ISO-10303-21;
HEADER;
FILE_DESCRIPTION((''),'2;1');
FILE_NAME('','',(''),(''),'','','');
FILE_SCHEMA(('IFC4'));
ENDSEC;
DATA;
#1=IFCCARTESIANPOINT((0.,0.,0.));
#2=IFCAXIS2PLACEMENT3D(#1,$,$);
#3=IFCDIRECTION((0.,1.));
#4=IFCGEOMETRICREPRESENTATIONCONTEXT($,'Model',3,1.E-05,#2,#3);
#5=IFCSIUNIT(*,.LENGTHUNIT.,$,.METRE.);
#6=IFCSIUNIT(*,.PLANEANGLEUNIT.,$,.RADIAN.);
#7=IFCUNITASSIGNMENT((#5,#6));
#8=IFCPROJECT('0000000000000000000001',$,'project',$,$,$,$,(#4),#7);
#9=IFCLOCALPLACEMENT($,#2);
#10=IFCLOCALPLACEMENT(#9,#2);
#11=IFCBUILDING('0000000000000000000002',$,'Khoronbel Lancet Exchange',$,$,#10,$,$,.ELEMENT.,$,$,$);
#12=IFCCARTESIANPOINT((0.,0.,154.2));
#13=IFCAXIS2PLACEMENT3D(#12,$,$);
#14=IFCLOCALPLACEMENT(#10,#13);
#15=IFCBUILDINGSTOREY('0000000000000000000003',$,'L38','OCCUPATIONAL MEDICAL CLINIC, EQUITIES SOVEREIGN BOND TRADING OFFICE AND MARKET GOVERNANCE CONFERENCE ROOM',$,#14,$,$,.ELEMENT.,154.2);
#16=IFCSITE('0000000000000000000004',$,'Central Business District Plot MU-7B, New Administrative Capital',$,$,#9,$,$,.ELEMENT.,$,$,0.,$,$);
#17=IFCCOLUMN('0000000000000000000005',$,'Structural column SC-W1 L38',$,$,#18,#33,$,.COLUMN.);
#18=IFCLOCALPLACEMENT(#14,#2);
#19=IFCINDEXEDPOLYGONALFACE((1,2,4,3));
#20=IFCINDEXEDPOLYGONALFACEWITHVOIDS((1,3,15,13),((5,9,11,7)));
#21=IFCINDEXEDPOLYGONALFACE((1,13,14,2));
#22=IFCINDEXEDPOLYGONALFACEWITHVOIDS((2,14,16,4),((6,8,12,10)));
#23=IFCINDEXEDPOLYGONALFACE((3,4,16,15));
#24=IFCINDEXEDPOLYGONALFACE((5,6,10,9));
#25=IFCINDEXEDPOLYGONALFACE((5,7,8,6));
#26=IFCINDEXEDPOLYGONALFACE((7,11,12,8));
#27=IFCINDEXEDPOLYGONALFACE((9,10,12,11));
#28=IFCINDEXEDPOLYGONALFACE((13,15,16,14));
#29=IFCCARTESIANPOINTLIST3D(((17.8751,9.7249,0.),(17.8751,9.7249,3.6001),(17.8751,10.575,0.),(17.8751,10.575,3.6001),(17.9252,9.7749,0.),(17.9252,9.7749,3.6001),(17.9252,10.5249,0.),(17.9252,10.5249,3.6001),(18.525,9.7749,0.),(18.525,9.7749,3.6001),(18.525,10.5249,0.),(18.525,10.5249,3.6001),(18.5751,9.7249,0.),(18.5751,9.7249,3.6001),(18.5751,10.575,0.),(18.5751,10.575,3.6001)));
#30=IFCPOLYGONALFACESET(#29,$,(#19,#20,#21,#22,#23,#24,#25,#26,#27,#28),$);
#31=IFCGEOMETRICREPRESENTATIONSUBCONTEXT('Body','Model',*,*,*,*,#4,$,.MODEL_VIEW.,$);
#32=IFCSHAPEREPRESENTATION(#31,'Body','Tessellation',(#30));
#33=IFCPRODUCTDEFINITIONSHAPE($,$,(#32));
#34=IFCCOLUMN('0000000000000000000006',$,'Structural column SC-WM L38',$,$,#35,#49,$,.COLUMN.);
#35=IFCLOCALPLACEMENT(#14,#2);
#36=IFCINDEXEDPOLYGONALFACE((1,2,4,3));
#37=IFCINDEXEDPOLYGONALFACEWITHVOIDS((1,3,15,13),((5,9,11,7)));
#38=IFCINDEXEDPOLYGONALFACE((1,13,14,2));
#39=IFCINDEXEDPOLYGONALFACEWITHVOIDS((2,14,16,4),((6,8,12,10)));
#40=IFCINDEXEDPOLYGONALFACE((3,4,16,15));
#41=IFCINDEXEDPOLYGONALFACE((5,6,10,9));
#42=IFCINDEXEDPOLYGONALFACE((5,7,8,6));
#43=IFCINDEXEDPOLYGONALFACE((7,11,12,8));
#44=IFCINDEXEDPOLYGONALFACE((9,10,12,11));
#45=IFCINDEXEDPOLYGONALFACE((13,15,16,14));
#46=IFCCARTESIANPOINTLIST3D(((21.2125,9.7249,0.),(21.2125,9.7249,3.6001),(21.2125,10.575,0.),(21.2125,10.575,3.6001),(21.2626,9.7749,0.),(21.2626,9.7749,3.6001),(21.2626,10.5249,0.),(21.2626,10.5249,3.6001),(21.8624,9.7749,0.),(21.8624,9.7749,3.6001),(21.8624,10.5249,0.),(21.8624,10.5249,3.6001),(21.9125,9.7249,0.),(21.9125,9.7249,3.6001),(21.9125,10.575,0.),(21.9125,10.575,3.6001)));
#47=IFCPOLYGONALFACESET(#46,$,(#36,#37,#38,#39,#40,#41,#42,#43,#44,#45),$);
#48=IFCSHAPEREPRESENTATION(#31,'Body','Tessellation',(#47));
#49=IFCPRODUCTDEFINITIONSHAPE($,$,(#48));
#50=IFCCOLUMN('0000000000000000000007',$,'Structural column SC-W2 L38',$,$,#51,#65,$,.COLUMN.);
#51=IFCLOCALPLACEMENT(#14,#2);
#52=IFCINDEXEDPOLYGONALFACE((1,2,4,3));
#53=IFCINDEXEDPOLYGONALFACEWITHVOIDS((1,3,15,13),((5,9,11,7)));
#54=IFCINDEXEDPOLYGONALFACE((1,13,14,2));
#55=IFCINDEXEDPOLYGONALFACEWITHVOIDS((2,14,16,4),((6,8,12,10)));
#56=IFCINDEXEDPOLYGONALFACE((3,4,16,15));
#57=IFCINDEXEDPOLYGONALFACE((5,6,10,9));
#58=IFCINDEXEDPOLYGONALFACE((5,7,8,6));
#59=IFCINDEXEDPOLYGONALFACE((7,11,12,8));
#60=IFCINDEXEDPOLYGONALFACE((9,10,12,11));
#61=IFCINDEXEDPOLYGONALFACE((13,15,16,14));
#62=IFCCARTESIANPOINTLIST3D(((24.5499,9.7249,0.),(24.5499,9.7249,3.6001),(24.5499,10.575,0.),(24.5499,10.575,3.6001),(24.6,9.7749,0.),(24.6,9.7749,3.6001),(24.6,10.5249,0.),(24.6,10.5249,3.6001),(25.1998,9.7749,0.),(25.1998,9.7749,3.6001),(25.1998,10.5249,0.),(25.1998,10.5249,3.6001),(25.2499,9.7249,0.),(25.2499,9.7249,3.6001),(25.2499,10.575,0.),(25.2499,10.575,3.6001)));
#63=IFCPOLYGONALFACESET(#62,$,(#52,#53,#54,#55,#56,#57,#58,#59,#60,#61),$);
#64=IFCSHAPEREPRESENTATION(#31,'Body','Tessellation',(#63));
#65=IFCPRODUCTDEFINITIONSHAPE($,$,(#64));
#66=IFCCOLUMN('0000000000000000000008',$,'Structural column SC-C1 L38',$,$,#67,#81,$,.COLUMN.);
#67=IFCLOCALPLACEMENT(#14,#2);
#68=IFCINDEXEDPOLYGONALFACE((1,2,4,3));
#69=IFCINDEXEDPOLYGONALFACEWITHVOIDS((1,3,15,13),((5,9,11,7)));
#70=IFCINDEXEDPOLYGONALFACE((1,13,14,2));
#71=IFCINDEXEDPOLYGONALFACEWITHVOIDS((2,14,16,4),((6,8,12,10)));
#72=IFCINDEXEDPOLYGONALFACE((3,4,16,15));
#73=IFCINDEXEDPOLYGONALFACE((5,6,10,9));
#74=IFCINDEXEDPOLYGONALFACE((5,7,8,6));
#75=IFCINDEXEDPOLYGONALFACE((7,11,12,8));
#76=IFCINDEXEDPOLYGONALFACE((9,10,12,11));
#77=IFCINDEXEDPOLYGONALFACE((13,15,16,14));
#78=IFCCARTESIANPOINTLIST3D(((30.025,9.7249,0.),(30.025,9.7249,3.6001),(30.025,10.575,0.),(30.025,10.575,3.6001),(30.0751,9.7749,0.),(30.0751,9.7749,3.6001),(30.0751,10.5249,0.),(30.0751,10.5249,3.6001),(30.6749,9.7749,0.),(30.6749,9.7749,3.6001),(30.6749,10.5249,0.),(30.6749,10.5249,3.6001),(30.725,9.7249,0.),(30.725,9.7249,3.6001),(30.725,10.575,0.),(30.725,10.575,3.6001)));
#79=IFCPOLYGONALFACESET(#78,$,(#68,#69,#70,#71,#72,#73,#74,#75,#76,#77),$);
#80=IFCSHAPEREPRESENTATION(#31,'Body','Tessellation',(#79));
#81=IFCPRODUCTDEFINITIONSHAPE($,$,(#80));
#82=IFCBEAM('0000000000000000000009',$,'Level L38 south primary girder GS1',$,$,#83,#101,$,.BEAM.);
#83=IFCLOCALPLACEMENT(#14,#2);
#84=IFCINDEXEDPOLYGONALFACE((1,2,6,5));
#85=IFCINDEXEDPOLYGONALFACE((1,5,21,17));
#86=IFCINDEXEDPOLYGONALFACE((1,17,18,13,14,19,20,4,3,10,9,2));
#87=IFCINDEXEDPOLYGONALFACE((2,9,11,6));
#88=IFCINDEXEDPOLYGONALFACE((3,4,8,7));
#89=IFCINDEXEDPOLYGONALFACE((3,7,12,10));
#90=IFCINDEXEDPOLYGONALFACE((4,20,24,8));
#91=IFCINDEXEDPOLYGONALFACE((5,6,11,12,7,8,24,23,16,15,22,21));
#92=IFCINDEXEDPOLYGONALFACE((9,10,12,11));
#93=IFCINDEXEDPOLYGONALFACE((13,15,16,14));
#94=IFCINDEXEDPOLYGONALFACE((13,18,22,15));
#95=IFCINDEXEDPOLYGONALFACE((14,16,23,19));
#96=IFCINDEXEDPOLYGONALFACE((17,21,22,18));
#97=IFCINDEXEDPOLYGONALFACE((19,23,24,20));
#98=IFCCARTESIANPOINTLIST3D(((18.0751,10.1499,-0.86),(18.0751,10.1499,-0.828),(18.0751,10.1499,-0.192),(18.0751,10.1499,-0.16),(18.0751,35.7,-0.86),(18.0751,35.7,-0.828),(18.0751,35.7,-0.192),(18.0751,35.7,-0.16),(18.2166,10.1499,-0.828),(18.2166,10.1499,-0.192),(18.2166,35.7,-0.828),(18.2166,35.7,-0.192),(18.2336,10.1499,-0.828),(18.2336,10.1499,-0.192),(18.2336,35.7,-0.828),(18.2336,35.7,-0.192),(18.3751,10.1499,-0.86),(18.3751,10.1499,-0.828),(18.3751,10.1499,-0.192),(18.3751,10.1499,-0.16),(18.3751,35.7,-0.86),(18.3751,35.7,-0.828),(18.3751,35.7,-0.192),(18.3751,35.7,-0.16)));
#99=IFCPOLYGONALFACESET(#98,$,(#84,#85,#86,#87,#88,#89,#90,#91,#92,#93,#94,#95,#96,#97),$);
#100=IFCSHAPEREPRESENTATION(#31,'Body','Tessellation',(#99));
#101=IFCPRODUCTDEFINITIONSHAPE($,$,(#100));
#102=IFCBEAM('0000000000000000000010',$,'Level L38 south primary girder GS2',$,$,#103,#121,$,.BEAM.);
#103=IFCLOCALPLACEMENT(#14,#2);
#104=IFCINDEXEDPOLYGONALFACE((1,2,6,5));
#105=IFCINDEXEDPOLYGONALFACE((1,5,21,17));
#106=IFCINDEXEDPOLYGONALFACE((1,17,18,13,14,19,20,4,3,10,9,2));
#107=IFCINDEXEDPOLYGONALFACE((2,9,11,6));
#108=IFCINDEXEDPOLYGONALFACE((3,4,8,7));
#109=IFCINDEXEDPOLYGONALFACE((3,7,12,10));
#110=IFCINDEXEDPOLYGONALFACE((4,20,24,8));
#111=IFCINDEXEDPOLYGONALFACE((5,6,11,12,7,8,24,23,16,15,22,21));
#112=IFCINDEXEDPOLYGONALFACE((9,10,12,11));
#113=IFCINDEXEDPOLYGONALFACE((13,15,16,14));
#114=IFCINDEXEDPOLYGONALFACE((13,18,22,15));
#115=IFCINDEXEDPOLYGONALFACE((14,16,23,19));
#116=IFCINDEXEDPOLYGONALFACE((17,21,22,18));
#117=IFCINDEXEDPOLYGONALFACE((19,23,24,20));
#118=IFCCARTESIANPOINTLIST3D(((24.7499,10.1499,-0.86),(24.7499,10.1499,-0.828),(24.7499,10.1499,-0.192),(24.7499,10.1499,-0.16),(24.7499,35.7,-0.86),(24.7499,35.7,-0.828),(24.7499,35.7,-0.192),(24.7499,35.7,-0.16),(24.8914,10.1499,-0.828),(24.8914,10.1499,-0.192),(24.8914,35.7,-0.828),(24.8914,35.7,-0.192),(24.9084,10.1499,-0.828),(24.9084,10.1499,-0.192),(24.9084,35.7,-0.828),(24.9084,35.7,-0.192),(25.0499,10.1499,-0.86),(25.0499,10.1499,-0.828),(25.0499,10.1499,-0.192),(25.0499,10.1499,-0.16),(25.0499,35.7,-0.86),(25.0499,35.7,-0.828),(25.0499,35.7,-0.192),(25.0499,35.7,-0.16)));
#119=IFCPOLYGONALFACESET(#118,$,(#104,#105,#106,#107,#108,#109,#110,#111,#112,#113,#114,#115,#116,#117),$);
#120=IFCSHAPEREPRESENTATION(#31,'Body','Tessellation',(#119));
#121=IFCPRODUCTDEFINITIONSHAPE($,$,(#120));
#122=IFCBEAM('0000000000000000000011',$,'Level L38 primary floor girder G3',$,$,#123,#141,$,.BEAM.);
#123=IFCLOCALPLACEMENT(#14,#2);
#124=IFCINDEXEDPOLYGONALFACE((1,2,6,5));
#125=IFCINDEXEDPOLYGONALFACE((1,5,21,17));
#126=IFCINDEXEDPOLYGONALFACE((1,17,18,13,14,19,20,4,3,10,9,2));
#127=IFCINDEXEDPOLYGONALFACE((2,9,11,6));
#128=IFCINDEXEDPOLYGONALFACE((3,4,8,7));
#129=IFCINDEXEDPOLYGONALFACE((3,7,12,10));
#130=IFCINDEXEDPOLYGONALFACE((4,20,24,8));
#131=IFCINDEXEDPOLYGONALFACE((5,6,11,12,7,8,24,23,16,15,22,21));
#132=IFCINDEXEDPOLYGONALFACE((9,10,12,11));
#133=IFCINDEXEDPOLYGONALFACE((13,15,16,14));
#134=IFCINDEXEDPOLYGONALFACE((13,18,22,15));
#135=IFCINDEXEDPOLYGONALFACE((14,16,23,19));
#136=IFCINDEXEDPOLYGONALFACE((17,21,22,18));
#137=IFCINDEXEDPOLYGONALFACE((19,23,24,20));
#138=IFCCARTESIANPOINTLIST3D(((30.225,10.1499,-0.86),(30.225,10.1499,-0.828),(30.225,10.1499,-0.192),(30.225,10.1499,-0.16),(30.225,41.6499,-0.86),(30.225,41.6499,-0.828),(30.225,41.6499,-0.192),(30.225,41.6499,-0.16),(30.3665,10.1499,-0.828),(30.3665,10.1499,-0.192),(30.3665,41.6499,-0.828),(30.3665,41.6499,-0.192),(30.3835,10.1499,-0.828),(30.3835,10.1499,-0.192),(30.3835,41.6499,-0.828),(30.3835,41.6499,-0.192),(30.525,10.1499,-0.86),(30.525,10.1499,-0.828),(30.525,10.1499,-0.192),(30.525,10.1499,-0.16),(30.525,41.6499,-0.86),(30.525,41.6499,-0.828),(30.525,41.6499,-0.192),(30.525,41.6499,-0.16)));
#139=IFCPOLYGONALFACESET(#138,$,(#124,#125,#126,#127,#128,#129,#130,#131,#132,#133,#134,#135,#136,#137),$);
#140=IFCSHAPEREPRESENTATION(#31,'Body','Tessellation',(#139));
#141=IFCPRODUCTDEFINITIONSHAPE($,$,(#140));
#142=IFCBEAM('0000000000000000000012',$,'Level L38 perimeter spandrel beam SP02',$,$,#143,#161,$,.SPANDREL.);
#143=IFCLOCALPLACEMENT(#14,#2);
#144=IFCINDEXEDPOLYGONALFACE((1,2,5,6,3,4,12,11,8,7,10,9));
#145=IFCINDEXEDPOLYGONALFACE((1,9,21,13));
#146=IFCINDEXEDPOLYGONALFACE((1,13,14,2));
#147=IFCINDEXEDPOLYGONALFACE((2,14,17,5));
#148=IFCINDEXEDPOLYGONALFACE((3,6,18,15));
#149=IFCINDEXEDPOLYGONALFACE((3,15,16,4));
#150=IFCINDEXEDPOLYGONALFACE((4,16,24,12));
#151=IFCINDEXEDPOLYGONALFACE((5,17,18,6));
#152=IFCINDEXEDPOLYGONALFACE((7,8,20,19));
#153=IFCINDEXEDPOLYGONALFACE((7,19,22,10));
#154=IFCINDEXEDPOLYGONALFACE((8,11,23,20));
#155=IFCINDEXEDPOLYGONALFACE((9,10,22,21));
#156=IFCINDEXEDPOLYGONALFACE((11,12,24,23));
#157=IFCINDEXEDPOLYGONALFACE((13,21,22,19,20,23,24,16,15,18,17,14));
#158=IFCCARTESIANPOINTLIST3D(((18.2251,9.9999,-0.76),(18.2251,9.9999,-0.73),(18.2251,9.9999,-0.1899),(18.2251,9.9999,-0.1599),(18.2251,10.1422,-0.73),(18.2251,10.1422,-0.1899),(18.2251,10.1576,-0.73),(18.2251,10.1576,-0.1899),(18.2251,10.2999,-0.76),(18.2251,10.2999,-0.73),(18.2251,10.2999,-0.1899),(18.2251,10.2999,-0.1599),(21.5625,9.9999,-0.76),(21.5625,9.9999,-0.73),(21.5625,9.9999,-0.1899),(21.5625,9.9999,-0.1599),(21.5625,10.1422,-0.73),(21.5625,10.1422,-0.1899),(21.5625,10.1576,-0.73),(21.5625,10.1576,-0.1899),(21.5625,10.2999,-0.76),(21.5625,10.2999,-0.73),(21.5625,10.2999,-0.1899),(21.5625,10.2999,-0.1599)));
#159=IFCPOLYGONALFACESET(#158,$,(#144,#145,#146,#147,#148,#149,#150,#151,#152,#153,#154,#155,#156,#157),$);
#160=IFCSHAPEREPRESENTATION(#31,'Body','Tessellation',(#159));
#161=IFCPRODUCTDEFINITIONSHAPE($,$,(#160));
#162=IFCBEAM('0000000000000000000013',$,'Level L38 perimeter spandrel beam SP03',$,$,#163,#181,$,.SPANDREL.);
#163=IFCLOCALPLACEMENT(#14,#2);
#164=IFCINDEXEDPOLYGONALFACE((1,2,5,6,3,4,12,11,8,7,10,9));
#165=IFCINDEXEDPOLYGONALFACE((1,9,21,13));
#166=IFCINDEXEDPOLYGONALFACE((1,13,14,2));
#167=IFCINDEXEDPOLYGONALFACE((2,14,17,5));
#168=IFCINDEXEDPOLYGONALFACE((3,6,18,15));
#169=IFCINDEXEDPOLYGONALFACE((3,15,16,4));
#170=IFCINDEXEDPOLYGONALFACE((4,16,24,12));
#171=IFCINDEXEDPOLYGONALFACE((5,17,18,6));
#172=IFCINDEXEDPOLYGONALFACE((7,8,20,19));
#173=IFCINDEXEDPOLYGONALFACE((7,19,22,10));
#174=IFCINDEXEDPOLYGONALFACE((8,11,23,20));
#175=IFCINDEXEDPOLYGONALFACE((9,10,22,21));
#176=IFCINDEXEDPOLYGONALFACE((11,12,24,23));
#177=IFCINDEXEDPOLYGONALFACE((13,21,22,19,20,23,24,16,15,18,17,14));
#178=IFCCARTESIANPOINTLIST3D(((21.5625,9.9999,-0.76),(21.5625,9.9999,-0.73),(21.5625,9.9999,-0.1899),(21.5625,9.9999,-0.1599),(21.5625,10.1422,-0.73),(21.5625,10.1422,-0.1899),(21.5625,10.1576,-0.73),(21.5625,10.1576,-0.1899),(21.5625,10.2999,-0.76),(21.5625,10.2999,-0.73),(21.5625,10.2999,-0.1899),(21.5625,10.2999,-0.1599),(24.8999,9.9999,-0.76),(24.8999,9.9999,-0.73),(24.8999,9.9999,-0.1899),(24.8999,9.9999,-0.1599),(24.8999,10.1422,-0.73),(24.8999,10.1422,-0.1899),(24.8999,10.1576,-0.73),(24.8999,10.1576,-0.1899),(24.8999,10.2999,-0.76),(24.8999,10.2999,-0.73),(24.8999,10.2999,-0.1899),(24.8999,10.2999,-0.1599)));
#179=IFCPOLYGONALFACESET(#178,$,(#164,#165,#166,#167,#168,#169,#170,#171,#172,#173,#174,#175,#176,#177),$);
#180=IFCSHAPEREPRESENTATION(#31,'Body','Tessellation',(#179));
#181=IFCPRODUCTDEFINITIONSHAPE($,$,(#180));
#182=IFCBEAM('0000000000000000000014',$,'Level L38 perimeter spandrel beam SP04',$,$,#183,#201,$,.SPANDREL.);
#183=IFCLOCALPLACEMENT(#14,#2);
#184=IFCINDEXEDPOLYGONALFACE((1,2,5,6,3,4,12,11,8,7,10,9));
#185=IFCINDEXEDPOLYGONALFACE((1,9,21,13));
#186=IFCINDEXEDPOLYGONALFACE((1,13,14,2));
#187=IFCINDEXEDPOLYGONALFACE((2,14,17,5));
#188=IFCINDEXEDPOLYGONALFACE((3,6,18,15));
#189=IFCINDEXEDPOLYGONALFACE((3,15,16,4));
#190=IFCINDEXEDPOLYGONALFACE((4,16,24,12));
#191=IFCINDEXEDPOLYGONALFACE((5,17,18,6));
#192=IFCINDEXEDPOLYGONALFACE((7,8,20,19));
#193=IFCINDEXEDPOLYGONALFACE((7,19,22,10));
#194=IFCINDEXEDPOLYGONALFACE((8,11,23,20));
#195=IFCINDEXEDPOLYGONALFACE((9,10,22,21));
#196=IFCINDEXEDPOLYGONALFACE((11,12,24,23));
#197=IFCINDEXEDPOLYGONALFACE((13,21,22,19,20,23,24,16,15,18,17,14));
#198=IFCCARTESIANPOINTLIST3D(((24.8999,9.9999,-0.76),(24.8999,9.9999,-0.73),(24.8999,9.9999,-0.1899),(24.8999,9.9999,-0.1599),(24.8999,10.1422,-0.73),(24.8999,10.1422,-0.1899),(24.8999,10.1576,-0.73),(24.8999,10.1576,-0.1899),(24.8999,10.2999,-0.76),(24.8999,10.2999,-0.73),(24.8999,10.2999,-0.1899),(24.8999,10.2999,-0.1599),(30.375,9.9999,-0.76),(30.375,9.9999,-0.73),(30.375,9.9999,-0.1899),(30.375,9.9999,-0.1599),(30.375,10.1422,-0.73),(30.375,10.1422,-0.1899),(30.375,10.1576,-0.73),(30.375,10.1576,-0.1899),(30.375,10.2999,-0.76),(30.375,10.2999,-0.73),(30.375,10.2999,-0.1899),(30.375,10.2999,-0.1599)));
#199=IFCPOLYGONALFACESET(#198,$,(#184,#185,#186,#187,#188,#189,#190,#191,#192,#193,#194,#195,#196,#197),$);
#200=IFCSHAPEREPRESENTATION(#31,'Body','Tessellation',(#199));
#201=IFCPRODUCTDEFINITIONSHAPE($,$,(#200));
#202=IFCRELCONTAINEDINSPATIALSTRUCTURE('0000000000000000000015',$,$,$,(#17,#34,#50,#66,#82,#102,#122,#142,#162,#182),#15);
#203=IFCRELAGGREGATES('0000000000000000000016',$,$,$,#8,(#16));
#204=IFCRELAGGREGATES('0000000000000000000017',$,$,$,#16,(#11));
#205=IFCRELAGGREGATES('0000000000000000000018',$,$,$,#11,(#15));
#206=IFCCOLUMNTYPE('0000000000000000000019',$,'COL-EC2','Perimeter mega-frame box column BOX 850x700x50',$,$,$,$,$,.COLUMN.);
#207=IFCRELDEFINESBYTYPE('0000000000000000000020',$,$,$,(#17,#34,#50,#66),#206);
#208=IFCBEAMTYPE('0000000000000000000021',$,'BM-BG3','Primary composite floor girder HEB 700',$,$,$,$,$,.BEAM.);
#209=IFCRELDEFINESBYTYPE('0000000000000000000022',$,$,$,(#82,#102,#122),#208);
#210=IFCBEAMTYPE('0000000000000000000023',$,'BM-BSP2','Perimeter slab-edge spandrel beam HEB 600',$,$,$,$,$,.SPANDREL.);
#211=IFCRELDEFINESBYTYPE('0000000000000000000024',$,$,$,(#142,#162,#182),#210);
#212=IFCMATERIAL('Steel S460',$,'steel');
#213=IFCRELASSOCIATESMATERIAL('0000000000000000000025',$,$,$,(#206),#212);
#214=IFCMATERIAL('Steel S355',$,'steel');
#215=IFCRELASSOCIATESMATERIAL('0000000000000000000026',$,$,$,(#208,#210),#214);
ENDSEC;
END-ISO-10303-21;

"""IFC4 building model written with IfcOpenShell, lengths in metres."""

from ifc_helpers import new_model, si_unit, direction, frame, origin, origin_2d, place, context, subcontext, project, spatial, hollow_rectangle, i_section, extrude, material, material_profile, profile_set, type_object, element, save


model = new_model("IFC4")

# Units and contexts
model_context = context("Model", 3, precision=1e-05, world=origin(), true_north=direction((0.0, 1.0)))
body_context = subcontext(model_context, "Body", "Model", "MODEL_VIEW")
ifc_project = project(units=[si_unit("LENGTHUNIT", "METRE"), si_unit("PLANEANGLEUNIT", "RADIAN")], contexts=[model_context])

# Site, building, storey
site_placement = place(None, origin())
site = spatial("IfcSite", under=ifc_project, at=site_placement, Name="Central Business District Plot MU-7B, New Administrative Capital", CompositionType="ELEMENT", RefElevation=0.0)
building_placement = place(site_placement, origin())
building = spatial("IfcBuilding", under=site, at=building_placement, Name="Khoronbel Lancet Exchange", CompositionType="ELEMENT")
storey_placement = place(building_placement, frame((0.0, 0.0, 154.2)))
storey = spatial("IfcBuildingStorey", under=building, at=storey_placement, Name="L38", Description="OCCUPATIONAL MEDICAL CLINIC, EQUITIES SOVEREIGN BOND TRADING OFFICE AND MARKET GOVERNANCE CONFERENCE ROOM", CompositionType="ELEMENT", Elevation=154.2)

# Columns
ifc_material_1 = material(Name="Steel S460", Category="steel")
ifc_material_profile_1 = material_profile(ifc_material_1, hollow_rectangle(XDim=0.7, YDim=0.8501, WallThickness=0.05, at=origin_2d()), Name="BOX 850x700x50")
ifc_profile_set_1 = profile_set([ifc_material_profile_1], Name="Steel S460")
column_type = type_object("IfcColumnType", Name="COL-EC2", Description="Perimeter mega-frame box column BOX 850x700x50", PredefinedType="COLUMN", material=ifc_profile_set_1)
for number, where, z_axis, x_axis, name in (
    (1, (18.2251, 10.1499, 0.0), (0.0, 0.0, 1.0), (1.0, 0.0, 0.0), "Structural column SC-W1 L38"),
    (2, (21.5625, 10.1499, 0.0), (0.0, 0.0, 1.0), (1.0, 0.0, 0.0), "Structural column SC-WM L38"),
    (3, (24.8999, 10.1499, 0.0), (0.0, 0.0, 1.0), (1.0, 0.0, 0.0), "Structural column SC-W2 L38"),
    (4, (30.375, 10.1499, 0.0), (0.0, 0.0, 1.0), (1.0, 0.0, 0.0), "Structural column SC-C1 L38"),
):
    element("IfcColumn", number, at=place(storey_placement, frame(where, z_axis=z_axis, x_axis=x_axis)), inside=storey, type_object=column_type, Name=name, PredefinedType="COLUMN", context=body_context, shape_type="SweptSolid", body=[
        extrude(hollow_rectangle(XDim=0.7, YDim=0.8501, WallThickness=0.05, at=origin_2d()), origin(), (0.0, 0.0, 1.0), 3.6001),
    ])

# Beams
ifc_material_2 = material(Name="Steel S355", Category="steel")
ifc_material_profile_2 = material_profile(ifc_material_2, i_section(OverallWidth=0.3, OverallDepth=0.7, WebThickness=0.0171, FlangeThickness=0.032, at=origin_2d()), Name="HEB 700")
ifc_profile_set_2 = profile_set([ifc_material_profile_2], Name="Steel S355")
beam_type_1 = type_object("IfcBeamType", Name="BM-BG3", Description="Primary composite floor girder HEB 700", PredefinedType="BEAM", material=ifc_profile_set_2)
for number, where, z_axis, x_axis, name in (
    (5, (18.2251, 10.1499, -0.51), (0.0, 1.0, 0.0), (-1.0, 0.0, 0.0), "Level L38 south primary girder GS1"),
    (6, (24.8999, 10.1499, -0.51), (0.0, 1.0, 0.0), (-1.0, 0.0, 0.0), "Level L38 south primary girder GS2"),
):
    element("IfcBeam", number, at=place(storey_placement, frame(where, z_axis=z_axis, x_axis=x_axis)), inside=storey, type_object=beam_type_1, Name=name, PredefinedType="BEAM", context=body_context, shape_type="SweptSolid", body=[
        extrude(i_section(OverallWidth=0.3, OverallDepth=0.7, WebThickness=0.0171, FlangeThickness=0.032, at=origin_2d()), origin(), (0.0, 0.0, 1.0), 25.55),
    ])
beam_1_placement = place(storey_placement, frame((30.375, 10.1499, -0.51), z_axis=(0.0, 1.0, 0.0), x_axis=(-1.0, 0.0, 0.0)))
element("IfcBeam", 7, at=beam_1_placement, inside=storey, type_object=beam_type_1, Name="Level L38 primary floor girder G3", PredefinedType="BEAM", context=body_context, shape_type="SweptSolid", body=[
    extrude(i_section(OverallWidth=0.3, OverallDepth=0.7, WebThickness=0.0171, FlangeThickness=0.032, at=origin_2d()), origin(), (0.0, 0.0, 1.0), 31.5),
])
ifc_material_profile_3 = material_profile(ifc_material_2, i_section(OverallWidth=0.3, OverallDepth=0.6001, WebThickness=0.0154, FlangeThickness=0.03, at=origin_2d()), Name="HEB 600")
ifc_profile_set_3 = profile_set([ifc_material_profile_3], Name="Steel S355")
beam_type_2 = type_object("IfcBeamType", Name="BM-BSP2", Description="Perimeter slab-edge spandrel beam HEB 600", PredefinedType="SPANDREL", material=ifc_profile_set_3)
for number, where, z_axis, x_axis, name in (
    (8, (18.2251, 10.1499, -0.46), (1.0, 0.0, 0.0), (0.0, 1.0, 0.0), "Level L38 perimeter spandrel beam SP02"),
    (9, (21.5625, 10.1499, -0.46), (1.0, 0.0, 0.0), (0.0, 1.0, 0.0), "Level L38 perimeter spandrel beam SP03"),
):
    element("IfcBeam", number, at=place(storey_placement, frame(where, z_axis=z_axis, x_axis=x_axis)), inside=storey, type_object=beam_type_2, Name=name, PredefinedType="SPANDREL", context=body_context, shape_type="SweptSolid", body=[
        extrude(i_section(OverallWidth=0.3, OverallDepth=0.6001, WebThickness=0.0154, FlangeThickness=0.03, at=origin_2d()), origin(), (0.0, 0.0, 1.0), 3.3374),
    ])
beam_2_placement = place(storey_placement, frame((24.8999, 10.1499, -0.46), z_axis=(1.0, 0.0, 0.0), x_axis=(0.0, 1.0, 0.0)))
element("IfcBeam", 10, at=beam_2_placement, inside=storey, type_object=beam_type_2, Name="Level L38 perimeter spandrel beam SP04", PredefinedType="SPANDREL", context=body_context, shape_type="SweptSolid", body=[
    extrude(i_section(OverallWidth=0.3, OverallDepth=0.6001, WebThickness=0.0154, FlangeThickness=0.03, at=origin_2d()), origin(), (0.0, 0.0, 1.0), 5.4751),
])

save(model, "model.ifc")
